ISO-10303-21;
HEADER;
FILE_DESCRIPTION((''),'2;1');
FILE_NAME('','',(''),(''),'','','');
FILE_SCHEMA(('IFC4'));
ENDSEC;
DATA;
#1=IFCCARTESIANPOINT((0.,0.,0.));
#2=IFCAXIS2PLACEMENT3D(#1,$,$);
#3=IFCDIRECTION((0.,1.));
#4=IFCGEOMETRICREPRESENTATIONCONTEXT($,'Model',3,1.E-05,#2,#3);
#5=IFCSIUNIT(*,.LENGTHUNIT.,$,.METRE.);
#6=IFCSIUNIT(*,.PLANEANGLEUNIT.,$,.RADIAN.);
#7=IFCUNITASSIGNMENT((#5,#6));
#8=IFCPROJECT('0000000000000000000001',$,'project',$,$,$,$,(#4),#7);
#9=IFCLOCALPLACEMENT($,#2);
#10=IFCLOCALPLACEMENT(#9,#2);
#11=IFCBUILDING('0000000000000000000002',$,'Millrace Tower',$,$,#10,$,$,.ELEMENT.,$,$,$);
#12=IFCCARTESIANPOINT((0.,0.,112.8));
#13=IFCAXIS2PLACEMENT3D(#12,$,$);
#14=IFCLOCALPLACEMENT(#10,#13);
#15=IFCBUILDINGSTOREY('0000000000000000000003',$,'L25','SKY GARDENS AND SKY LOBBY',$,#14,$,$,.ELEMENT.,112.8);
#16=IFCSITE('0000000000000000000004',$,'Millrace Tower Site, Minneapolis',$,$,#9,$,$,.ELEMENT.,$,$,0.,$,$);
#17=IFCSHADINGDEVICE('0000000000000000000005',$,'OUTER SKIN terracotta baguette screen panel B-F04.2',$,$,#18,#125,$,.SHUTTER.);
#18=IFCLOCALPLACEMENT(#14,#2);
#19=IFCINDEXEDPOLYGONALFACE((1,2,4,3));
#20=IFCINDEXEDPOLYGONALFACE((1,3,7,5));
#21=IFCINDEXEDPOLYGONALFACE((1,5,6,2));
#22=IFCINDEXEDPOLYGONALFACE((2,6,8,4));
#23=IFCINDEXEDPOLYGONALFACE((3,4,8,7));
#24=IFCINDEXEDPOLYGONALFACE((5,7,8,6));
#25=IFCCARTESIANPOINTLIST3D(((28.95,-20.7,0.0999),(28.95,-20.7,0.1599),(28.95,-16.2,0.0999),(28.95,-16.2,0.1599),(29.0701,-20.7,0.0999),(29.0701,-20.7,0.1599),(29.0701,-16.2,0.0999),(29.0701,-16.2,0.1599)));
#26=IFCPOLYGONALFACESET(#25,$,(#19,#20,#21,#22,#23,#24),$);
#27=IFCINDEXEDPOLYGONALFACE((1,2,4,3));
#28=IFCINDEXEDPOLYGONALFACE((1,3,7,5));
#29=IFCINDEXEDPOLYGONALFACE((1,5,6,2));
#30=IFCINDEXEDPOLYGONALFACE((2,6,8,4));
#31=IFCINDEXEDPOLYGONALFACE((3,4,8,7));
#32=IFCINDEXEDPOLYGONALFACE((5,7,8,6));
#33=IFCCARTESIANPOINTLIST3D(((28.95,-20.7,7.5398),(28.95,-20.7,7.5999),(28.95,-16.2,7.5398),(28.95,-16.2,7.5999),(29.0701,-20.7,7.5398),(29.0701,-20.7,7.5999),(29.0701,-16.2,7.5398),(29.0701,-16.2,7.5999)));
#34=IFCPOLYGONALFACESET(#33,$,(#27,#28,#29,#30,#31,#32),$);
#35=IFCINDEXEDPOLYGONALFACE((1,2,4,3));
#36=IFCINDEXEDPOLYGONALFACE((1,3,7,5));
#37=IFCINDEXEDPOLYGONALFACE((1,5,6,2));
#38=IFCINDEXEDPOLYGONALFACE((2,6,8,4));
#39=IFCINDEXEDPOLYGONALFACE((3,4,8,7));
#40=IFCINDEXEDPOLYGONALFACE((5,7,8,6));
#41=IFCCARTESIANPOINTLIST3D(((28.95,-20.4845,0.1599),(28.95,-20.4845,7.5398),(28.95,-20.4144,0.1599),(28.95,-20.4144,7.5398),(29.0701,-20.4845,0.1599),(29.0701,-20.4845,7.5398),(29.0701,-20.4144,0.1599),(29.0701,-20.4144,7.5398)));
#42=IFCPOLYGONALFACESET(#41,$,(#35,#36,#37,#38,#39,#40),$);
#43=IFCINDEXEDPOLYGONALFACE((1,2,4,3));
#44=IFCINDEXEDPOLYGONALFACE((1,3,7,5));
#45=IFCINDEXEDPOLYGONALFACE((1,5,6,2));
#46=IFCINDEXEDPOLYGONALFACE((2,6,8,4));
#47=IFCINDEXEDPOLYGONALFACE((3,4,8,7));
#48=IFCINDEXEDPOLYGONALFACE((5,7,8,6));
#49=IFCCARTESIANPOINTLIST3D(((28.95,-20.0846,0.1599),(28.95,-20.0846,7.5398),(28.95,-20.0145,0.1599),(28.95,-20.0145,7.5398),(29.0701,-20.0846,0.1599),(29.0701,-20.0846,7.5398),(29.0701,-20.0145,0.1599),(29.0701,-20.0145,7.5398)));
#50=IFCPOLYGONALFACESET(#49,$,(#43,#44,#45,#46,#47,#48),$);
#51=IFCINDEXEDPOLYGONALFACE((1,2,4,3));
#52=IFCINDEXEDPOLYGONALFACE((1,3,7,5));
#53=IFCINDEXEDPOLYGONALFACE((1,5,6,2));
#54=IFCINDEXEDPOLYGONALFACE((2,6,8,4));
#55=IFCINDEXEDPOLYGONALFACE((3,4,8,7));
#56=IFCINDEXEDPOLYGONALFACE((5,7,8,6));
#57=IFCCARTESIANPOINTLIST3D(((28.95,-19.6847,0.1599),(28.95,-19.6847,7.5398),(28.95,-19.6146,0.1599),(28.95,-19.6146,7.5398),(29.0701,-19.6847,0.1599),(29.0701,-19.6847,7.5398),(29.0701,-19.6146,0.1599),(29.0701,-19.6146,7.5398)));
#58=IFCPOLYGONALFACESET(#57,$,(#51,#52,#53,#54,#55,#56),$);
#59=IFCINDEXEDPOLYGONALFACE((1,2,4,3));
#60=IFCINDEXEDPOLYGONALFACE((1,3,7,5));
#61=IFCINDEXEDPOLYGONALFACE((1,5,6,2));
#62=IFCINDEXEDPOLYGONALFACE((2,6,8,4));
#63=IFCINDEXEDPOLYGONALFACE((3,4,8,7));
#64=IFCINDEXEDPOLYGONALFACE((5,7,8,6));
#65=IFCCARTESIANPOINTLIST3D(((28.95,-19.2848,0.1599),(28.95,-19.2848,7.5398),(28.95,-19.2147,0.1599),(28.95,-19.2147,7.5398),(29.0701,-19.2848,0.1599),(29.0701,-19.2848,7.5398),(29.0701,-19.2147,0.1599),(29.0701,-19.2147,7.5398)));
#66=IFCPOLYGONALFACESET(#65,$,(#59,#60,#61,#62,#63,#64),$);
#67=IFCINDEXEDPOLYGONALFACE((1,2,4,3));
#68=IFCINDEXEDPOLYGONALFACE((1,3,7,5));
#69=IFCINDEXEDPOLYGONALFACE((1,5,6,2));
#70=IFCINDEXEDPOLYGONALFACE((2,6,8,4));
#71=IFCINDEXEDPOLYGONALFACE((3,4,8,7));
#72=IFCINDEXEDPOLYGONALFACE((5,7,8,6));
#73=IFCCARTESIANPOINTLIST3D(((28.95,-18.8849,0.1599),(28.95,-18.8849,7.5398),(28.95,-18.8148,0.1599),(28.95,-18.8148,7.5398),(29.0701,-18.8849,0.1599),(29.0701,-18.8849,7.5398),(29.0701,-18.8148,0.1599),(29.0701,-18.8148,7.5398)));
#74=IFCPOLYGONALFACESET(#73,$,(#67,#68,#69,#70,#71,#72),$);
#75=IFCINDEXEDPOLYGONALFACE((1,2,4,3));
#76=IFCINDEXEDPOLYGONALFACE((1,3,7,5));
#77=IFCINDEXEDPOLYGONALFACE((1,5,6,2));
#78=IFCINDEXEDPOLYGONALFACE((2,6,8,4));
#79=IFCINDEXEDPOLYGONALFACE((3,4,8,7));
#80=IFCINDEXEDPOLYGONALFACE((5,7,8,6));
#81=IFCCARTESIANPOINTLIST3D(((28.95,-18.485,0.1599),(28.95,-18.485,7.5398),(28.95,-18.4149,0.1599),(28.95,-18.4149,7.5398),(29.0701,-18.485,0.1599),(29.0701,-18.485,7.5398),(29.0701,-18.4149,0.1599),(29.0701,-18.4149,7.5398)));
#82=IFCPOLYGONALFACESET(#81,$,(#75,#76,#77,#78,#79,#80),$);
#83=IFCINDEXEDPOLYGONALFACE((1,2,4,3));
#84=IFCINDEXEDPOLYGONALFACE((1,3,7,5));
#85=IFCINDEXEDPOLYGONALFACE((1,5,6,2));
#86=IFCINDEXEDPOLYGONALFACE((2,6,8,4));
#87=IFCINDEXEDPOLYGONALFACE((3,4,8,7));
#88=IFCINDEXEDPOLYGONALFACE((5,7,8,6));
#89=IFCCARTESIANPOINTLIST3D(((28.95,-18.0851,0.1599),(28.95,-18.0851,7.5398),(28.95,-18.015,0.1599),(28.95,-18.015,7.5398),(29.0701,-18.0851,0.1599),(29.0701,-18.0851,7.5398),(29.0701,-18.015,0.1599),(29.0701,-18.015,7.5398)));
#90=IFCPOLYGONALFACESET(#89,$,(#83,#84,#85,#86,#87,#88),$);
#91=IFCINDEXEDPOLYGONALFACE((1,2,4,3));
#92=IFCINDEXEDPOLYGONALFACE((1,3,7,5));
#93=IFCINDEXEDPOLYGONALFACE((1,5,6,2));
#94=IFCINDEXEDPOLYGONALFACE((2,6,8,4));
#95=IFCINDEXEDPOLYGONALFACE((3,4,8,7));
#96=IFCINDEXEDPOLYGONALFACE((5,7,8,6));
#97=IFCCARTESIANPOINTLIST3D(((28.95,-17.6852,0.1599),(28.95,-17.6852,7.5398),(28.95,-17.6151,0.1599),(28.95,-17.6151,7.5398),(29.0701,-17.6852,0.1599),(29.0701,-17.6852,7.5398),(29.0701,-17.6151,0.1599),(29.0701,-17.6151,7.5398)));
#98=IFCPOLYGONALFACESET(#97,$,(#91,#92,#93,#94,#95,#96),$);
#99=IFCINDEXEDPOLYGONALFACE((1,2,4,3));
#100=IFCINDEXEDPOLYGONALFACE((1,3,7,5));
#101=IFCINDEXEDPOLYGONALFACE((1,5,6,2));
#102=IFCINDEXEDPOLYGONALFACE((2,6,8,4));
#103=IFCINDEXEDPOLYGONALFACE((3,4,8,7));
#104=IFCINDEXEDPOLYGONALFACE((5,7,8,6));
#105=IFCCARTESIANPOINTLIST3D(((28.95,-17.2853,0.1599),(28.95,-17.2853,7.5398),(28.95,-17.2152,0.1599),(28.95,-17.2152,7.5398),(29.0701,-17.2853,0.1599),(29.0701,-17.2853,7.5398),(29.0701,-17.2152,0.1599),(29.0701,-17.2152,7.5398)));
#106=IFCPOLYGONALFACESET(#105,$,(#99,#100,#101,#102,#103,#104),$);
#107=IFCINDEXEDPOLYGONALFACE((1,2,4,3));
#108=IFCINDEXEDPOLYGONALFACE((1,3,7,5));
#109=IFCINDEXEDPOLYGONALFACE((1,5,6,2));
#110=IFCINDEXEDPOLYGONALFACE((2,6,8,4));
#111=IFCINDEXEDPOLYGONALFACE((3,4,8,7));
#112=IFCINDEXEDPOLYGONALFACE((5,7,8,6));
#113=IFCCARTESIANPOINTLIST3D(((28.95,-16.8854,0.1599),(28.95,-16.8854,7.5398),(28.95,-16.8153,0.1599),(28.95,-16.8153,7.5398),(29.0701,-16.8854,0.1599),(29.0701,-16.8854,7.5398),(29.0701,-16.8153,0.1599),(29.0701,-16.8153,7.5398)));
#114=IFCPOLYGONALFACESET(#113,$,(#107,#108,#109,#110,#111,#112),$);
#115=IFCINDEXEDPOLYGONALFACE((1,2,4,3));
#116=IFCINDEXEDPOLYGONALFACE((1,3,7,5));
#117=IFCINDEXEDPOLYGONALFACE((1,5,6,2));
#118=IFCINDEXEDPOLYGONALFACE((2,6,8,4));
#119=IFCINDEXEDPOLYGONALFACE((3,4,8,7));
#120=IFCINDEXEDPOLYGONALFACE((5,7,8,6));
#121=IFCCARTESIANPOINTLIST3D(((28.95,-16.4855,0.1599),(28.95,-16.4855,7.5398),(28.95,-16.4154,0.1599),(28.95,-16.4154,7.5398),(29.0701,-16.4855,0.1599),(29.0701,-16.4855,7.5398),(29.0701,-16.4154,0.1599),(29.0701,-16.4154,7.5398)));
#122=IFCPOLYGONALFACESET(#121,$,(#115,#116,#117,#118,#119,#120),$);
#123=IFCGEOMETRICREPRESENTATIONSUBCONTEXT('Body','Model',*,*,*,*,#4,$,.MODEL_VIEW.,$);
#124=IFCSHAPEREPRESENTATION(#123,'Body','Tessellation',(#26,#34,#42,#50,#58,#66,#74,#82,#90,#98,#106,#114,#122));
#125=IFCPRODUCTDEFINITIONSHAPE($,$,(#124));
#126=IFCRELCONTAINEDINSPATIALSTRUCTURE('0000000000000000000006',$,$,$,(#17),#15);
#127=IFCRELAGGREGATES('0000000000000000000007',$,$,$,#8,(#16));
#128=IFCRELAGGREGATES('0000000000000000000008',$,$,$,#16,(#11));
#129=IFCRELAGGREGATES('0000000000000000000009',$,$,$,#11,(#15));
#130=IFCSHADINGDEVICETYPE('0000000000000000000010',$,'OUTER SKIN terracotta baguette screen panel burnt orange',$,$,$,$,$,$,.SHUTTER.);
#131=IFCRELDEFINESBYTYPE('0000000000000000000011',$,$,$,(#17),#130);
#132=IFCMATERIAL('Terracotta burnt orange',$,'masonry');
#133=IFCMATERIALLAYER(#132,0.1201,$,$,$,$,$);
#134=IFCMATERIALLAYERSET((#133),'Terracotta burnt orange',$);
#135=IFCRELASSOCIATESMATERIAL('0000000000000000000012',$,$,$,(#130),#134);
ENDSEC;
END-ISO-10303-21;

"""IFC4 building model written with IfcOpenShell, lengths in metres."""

from ifc_helpers import new_model, entity, si_unit, direction, frame, frame_2d, origin, origin_2d, place, context, subcontext, project, spatial, rectangle, extrude, source, transform, mapped, material, layer, layer_set, type_object, element, save


model = new_model("IFC4")

# Units and contexts
model_context = context("Model", 3, precision=1e-05, world=origin(), true_north=direction((0.0, 1.0)))
body_context = subcontext(model_context, "Body", "Model", "MODEL_VIEW")
ifc_project = project(units=[si_unit("LENGTHUNIT", "METRE"), si_unit("PLANEANGLEUNIT", "RADIAN")], contexts=[model_context])

# Site, building, storey
site_placement = place(None, origin())
site = spatial("IfcSite", under=ifc_project, at=site_placement, Name="Millrace Tower Site, Minneapolis", CompositionType="ELEMENT", RefElevation=0.0)
building_placement = place(site_placement, origin())
building = spatial("IfcBuilding", under=site, at=building_placement, Name="Millrace Tower", CompositionType="ELEMENT")
storey_placement = place(building_placement, frame((0.0, 0.0, 112.8)))
storey = spatial("IfcBuildingStorey", under=building, at=storey_placement, Name="L25", Description="SKY GARDENS AND SKY LOBBY", CompositionType="ELEMENT", Elevation=112.8)

# Shading device
ifc_material_1 = material(Name="Terracotta burnt orange", Category="masonry")
ifc_layer_1 = layer(ifc_material_1, 0.1201)
ifc_layer_set_1 = layer_set([ifc_layer_1], Name="Terracotta burnt orange")
shading_device_type = type_object("IfcShadingDeviceType", Name="OUTER SKIN terracotta baguette screen panel burnt orange", PredefinedType="SHUTTER", material=ifc_layer_set_1)
cartesian_point_1 = entity("IfcCartesianPoint", [-2.25, 0.0601])
shared_polyline_1 = entity("IfcPolyline", [cartesian_point_1, entity("IfcCartesianPoint", [2.25, 0.0601]), entity("IfcCartesianPoint", [2.25, -0.0601]), entity("IfcCartesianPoint", [-2.25, -0.0601]), cartesian_point_1])
shared_shape_1 = source(origin(), body_context, "Body", "SweptSolid", [
    entity("IfcExtrudedAreaSolid", entity("IfcArbitraryClosedProfileDef", "AREA", None, shared_polyline_1), entity("IfcAxis2Placement3D", entity("IfcCartesianPoint", [0.0, 0.0, 0.0])), entity("IfcDirection", [0.0, 0.0, 1.0]), 0.0601),
    entity("IfcExtrudedAreaSolid", entity("IfcArbitraryClosedProfileDef", "AREA", None, shared_polyline_1), entity("IfcAxis2Placement3D", entity("IfcCartesianPoint", [0.0, 0.0, 7.4399])), entity("IfcDirection", [0.0, 0.0, 1.0]), 0.0601),
    extrude(rectangle(XDim=0.0701, YDim=0.1201, at=frame_2d((-1.9995, 0.0))), frame((0.0, 0.0, 0.0601)), (0.0, 0.0, 1.0), 7.3799),
    extrude(rectangle(XDim=0.0701, YDim=0.1201, at=frame_2d((-1.5996, 0.0))), frame((0.0, 0.0, 0.0601)), (0.0, 0.0, 1.0), 7.3799),
    extrude(rectangle(XDim=0.0701, YDim=0.1201, at=frame_2d((-1.1997, 0.0))), frame((0.0, 0.0, 0.0601)), (0.0, 0.0, 1.0), 7.3799),
    extrude(rectangle(XDim=0.0701, YDim=0.1201, at=frame_2d((-0.7998, 0.0))), frame((0.0, 0.0, 0.0601)), (0.0, 0.0, 1.0), 7.3799),
    extrude(rectangle(XDim=0.0701, YDim=0.1201, at=frame_2d((-0.3999, 0.0))), frame((0.0, 0.0, 0.0601)), (0.0, 0.0, 1.0), 7.3799),
    extrude(rectangle(XDim=0.0701, YDim=0.1201, at=origin_2d()), frame((0.0, 0.0, 0.0601)), (0.0, 0.0, 1.0), 7.3799),
    extrude(rectangle(XDim=0.0701, YDim=0.1201, at=frame_2d((0.3999, 0.0))), frame((0.0, 0.0, 0.0601)), (0.0, 0.0, 1.0), 7.3799),
    extrude(rectangle(XDim=0.0701, YDim=0.1201, at=frame_2d((0.7998, 0.0))), frame((0.0, 0.0, 0.0601)), (0.0, 0.0, 1.0), 7.3799),
    extrude(rectangle(XDim=0.0701, YDim=0.1201, at=frame_2d((1.1997, 0.0))), frame((0.0, 0.0, 0.0601)), (0.0, 0.0, 1.0), 7.3799),
    extrude(rectangle(XDim=0.0701, YDim=0.1201, at=frame_2d((1.5996, 0.0))), frame((0.0, 0.0, 0.0601)), (0.0, 0.0, 1.0), 7.3799),
    extrude(rectangle(XDim=0.0701, YDim=0.1201, at=frame_2d((1.9995, 0.0))), frame((0.0, 0.0, 0.0601)), (0.0, 0.0, 1.0), 7.3799),
])
shading_device_1_placement = place(storey_placement, frame((29.01, -18.45, 0.0999), z_axis=(0.0, 0.0, 1.0), x_axis=(0.0, 1.0, 0.0)))
element("IfcShadingDevice", 1, at=shading_device_1_placement, inside=storey, type_object=shading_device_type, Name="OUTER SKIN terracotta baguette screen panel B-F04.2", PredefinedType="SHUTTER", context=body_context, shape_type="MappedRepresentation", body=[
    mapped(shared_shape_1, transform((0.0, 0.0, 0.0), scale=1.0)),
])

save(model, "model.ifc")
